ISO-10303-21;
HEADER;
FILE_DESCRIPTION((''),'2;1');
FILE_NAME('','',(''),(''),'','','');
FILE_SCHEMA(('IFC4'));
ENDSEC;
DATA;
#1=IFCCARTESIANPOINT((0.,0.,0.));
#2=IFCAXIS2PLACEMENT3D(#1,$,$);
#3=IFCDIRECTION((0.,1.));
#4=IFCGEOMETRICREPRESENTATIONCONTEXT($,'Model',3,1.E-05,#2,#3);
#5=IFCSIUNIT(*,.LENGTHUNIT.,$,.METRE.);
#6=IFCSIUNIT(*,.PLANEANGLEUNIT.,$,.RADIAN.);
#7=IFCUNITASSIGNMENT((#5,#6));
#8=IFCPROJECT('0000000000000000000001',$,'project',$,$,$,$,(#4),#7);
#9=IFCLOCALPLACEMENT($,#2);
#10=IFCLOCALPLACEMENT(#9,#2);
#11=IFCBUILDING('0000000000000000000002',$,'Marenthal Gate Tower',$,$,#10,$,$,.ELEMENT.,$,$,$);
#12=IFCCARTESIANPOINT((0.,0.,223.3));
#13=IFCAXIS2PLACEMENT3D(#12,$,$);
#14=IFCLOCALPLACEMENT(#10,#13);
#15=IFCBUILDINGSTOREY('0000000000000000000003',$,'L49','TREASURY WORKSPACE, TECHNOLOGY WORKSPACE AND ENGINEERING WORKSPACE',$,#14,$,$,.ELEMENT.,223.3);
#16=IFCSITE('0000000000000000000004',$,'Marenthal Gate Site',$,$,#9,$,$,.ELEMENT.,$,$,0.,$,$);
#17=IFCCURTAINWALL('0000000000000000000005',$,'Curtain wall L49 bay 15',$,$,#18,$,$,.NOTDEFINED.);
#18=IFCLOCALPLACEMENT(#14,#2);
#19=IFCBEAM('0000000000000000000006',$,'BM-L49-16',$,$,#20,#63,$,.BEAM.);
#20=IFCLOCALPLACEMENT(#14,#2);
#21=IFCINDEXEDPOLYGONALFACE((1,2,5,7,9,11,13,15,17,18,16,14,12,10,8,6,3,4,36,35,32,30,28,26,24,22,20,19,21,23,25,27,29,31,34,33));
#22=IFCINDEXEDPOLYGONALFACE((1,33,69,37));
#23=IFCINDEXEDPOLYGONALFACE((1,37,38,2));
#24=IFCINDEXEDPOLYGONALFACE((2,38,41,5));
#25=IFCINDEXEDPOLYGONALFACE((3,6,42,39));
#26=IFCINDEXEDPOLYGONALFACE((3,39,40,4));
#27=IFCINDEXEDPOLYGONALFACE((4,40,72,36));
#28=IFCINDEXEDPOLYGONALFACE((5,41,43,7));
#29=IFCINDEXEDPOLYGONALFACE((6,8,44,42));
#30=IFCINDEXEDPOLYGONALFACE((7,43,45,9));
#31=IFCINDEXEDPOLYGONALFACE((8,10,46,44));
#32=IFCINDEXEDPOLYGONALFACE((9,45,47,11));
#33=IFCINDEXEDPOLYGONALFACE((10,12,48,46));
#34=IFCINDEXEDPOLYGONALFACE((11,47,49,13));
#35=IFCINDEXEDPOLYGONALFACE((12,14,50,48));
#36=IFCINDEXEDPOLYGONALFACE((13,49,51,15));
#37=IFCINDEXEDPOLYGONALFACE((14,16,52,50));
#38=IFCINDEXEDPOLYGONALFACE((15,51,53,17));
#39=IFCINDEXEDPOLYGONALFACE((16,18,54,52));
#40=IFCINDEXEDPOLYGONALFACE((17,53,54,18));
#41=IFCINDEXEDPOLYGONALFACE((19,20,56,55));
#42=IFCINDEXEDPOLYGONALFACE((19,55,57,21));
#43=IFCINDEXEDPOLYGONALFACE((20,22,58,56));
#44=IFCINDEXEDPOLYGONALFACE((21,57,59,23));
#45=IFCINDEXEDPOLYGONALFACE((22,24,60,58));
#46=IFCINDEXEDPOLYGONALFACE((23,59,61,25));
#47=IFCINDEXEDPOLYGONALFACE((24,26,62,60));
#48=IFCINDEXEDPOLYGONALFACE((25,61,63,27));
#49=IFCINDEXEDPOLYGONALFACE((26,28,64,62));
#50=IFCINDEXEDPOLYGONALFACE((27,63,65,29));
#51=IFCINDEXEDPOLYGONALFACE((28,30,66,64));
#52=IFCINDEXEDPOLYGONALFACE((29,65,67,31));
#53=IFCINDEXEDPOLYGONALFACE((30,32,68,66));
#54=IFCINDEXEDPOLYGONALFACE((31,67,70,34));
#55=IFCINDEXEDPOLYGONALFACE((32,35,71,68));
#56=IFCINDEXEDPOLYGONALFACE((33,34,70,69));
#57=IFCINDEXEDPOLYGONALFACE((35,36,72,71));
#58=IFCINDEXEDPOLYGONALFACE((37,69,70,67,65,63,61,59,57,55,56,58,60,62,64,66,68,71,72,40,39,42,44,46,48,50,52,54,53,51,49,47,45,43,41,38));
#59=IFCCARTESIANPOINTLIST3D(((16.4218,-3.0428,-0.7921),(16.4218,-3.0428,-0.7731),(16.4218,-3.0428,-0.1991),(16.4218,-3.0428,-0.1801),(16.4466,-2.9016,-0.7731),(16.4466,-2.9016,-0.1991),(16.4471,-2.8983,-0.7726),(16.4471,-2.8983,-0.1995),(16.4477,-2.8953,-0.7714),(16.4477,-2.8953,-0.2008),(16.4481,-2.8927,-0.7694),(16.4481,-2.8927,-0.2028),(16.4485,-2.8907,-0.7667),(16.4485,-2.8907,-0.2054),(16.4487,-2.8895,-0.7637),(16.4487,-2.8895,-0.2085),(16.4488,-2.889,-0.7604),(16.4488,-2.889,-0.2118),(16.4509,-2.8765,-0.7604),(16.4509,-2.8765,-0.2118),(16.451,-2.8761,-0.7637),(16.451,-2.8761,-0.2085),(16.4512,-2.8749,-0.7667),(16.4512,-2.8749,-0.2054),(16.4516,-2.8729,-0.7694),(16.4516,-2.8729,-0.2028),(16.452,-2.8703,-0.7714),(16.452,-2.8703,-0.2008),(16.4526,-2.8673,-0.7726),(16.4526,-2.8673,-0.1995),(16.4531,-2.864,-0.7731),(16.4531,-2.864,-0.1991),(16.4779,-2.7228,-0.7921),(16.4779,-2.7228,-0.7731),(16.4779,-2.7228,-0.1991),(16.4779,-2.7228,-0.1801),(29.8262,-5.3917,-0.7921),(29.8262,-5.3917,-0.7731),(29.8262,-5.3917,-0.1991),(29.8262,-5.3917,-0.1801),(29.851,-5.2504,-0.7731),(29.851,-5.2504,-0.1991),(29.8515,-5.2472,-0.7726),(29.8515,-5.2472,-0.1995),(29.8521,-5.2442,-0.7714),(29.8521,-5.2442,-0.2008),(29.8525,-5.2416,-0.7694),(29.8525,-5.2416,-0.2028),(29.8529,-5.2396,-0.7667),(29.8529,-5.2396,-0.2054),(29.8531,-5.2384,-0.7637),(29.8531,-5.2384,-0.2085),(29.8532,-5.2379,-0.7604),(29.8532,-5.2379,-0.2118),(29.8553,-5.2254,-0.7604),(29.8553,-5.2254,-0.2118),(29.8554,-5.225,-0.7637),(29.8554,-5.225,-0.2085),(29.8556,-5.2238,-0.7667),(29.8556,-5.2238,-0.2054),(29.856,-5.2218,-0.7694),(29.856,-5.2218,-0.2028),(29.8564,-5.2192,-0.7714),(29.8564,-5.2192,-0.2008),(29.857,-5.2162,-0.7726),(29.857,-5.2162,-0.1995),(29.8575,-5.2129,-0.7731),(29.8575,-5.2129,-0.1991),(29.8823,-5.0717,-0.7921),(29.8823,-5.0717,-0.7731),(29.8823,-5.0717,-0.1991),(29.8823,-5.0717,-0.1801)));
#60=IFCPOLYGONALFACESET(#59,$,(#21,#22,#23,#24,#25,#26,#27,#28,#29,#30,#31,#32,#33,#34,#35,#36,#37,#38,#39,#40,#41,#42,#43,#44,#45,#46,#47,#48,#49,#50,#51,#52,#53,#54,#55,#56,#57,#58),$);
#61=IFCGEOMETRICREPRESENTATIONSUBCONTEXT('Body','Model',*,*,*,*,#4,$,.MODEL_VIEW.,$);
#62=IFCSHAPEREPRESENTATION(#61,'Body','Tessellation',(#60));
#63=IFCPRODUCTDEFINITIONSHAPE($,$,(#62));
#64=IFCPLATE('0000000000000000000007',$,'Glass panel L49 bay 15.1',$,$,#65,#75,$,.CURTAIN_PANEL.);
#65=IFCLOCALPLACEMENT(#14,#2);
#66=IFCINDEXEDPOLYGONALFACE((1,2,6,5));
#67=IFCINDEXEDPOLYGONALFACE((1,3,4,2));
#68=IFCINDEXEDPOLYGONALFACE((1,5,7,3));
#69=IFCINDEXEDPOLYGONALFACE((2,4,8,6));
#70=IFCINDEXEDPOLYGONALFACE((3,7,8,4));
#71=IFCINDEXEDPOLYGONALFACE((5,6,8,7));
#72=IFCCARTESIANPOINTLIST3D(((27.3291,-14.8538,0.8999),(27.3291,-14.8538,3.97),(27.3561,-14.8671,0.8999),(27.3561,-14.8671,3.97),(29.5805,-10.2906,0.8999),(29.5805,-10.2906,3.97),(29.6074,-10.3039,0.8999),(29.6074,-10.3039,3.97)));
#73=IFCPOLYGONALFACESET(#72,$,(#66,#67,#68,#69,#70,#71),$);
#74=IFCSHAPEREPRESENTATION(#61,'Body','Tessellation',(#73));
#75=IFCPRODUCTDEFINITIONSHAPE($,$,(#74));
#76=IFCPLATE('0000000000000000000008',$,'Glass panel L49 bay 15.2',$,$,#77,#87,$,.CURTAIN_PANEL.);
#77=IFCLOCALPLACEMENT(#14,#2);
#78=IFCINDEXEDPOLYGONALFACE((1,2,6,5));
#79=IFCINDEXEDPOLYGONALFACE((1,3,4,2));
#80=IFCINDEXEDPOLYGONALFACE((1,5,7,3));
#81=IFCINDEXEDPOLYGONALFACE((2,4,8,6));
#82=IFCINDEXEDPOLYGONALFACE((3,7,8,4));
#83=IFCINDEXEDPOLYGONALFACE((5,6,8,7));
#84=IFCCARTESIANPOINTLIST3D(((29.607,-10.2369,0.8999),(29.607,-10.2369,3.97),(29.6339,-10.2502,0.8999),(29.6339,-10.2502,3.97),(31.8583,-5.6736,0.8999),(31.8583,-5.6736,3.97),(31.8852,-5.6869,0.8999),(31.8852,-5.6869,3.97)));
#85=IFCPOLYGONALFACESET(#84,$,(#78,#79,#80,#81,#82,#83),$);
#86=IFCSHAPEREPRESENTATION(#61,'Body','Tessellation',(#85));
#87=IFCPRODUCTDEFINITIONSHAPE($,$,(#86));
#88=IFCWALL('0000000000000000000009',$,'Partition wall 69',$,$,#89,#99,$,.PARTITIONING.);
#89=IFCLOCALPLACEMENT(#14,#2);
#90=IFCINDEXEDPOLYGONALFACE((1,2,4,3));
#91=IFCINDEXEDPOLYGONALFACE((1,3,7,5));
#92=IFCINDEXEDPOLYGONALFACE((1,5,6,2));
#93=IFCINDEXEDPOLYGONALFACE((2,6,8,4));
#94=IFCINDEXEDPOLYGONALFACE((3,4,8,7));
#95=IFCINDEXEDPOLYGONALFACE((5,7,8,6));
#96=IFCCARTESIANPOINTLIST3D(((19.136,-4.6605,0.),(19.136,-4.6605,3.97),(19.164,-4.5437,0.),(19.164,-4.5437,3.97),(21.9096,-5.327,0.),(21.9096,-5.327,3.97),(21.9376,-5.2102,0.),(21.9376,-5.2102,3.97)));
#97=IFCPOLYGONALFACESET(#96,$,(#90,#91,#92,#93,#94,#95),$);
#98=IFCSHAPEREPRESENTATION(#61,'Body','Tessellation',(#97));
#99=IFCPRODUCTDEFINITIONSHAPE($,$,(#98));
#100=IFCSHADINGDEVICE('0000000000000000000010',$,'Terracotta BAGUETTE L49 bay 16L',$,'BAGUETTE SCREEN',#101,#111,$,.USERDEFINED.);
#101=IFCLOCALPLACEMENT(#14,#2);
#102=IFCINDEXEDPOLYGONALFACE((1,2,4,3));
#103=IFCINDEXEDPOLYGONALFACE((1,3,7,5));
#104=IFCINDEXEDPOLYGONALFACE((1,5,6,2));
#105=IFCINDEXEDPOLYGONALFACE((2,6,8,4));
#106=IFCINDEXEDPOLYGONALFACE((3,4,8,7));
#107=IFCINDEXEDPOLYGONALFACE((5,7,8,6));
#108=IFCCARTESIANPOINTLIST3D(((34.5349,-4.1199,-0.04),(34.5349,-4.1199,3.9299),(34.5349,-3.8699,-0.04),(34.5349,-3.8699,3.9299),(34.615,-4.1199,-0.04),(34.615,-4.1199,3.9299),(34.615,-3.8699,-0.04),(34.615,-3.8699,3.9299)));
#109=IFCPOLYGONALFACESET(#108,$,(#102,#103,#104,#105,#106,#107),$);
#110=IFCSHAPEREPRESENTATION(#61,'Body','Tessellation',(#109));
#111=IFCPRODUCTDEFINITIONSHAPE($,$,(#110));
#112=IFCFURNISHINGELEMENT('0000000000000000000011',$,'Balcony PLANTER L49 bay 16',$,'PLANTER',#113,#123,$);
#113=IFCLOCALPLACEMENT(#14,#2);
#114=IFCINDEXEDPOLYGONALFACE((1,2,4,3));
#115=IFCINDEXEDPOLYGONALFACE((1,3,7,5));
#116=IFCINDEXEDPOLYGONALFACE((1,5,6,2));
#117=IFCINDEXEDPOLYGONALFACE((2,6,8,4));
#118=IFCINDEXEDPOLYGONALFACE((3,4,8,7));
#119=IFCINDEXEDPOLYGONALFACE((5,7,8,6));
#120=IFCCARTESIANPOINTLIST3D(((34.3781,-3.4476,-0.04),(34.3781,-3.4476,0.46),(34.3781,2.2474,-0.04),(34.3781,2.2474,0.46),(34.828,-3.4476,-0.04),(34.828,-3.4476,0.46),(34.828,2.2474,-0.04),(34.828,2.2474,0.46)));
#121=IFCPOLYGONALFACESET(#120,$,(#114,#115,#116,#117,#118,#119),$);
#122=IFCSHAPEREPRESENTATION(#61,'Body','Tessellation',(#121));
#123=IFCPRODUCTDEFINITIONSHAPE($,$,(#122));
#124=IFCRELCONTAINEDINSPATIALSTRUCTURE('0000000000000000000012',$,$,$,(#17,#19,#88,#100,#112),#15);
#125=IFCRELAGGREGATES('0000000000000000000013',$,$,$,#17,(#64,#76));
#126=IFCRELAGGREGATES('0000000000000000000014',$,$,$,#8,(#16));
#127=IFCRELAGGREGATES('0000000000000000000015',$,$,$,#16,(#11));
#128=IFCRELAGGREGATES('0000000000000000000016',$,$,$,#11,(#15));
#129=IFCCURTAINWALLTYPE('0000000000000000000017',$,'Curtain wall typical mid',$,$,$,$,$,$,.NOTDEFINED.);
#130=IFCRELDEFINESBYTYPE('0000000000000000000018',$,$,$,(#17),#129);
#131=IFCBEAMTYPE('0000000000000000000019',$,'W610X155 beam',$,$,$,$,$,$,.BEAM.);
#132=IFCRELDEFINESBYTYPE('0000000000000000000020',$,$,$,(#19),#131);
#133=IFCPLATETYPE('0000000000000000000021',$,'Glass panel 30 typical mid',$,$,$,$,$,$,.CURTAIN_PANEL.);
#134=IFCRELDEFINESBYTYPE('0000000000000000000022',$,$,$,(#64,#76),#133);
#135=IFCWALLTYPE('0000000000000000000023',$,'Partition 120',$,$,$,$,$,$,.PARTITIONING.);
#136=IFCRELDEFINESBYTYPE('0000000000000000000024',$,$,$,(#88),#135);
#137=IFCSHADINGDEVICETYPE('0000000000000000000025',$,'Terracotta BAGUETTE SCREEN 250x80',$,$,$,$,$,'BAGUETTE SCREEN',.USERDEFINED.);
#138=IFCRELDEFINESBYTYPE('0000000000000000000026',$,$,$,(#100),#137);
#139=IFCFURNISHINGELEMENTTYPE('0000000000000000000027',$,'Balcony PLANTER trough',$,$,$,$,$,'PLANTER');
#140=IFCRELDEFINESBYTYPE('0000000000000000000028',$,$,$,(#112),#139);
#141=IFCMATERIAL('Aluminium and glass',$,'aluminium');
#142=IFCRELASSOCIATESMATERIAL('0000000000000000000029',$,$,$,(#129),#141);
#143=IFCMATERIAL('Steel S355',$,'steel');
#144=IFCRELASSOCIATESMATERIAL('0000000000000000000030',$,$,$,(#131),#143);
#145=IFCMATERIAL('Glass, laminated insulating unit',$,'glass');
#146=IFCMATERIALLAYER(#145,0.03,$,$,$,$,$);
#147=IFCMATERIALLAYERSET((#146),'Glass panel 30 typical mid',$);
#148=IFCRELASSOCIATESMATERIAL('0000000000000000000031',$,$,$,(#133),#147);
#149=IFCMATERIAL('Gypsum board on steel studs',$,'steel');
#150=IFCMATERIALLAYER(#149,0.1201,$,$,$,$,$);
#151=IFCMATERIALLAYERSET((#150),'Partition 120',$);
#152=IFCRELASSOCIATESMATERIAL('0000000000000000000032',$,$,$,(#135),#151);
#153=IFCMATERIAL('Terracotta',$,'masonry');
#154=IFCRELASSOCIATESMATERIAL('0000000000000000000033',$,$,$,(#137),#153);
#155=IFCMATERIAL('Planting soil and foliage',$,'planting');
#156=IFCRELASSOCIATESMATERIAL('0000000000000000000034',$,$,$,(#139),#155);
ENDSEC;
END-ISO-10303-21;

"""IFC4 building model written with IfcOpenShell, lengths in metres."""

from ifc_helpers import new_model, si_unit, direction, frame, frame_2d, origin, origin_2d, place, context, subcontext, project, spatial, rectangle, i_section, extrude, material, layer, layer_set, material_profile, profile_set, type_object, element, aggregate, save


model = new_model("IFC4")

# Units and contexts
model_context = context("Model", 3, precision=1e-05, world=origin(), true_north=direction((0.0, 1.0)))
body_context = subcontext(model_context, "Body", "Model", "MODEL_VIEW")
ifc_project = project(units=[si_unit("LENGTHUNIT", "METRE"), si_unit("PLANEANGLEUNIT", "RADIAN")], contexts=[model_context])

# Site, building, storey
site_placement = place(None, origin())
site = spatial("IfcSite", under=ifc_project, at=site_placement, Name="Marenthal Gate Site", CompositionType="ELEMENT", RefElevation=0.0)
building_placement = place(site_placement, origin())
building = spatial("IfcBuilding", under=site, at=building_placement, Name="Marenthal Gate Tower", CompositionType="ELEMENT")
storey_placement = place(building_placement, frame((0.0, 0.0, 223.3)))
storey = spatial("IfcBuildingStorey", under=building, at=storey_placement, Name="L49", Description="TREASURY WORKSPACE, TECHNOLOGY WORKSPACE AND ENGINEERING WORKSPACE", CompositionType="ELEMENT", Elevation=223.3)

# Curtain wall
ifc_material_1 = material(Name="Aluminium and glass", Category="aluminium")
curtain_wall_type = type_object("IfcCurtainWallType", Name="Curtain wall typical mid", PredefinedType="NOTDEFINED", material=ifc_material_1)
curtain_wall_placement = place(storey_placement, origin())
curtain_wall = element("IfcCurtainWall", 1, at=curtain_wall_placement, inside=storey, type_object=curtain_wall_type, Name="Curtain wall L49 bay 15", PredefinedType="NOTDEFINED")

# Beam
ifc_material_2 = material(Name="Steel S355", Category="steel")
ifc_material_profile_1 = material_profile(ifc_material_2, i_section(OverallWidth=0.325, OverallDepth=0.6121, WebThickness=0.0127, FlangeThickness=0.019, FilletRadius=0.0127, at=origin_2d()), Name="W610X155")
ifc_profile_set_1 = profile_set([ifc_material_profile_1], Name="Steel S355")
beam_type_1 = type_object("IfcBeamType", Name="W610X155 beam", PredefinedType="BEAM", material=ifc_profile_set_1)
beam_1_placement = place(storey_placement, frame((29.8542, -5.2317, -0.4861), z_axis=(-0.984991, 0.172603, 0.0), x_axis=(-0.172603, -0.984991, 0.0)))
element("IfcBeam", 2, at=beam_1_placement, inside=storey, type_object=beam_type_1, Name="BM-L49-16", PredefinedType="BEAM", context=body_context, shape_type="SweptSolid", body=[
    extrude(i_section(OverallWidth=0.325, OverallDepth=0.6121, WebThickness=0.0127, FlangeThickness=0.019, FilletRadius=0.0127, at=origin_2d()), origin(), (0.0, 0.0, 1.0), 13.6086),
])

# Plates
ifc_material_3 = material(Name="Glass, laminated insulating unit", Category="glass")
ifc_layer_1 = layer(ifc_material_3, 0.03)
ifc_layer_set_1 = layer_set([ifc_layer_1], Name="Glass panel 30 typical mid")
plate_type = type_object("IfcPlateType", Name="Glass panel 30 typical mid", PredefinedType="CURTAIN_PANEL", material=ifc_layer_set_1)
plate_1_placement = place(storey_placement, frame((28.4683, -12.5789, 0.8999), z_axis=(0.0, 0.0, 1.0), x_axis=(0.442441, 0.896798, 0.0)))
plate_1 = element("IfcPlate", 3, at=plate_1_placement, type_object=plate_type, Name="Glass panel L49 bay 15.1", PredefinedType="CURTAIN_PANEL", context=body_context, shape_type="SweptSolid", body=[
    extrude(rectangle(XDim=5.0884, YDim=0.03, at=origin_2d()), origin(), (0.0, 0.0, 1.0), 3.0701),
])
plate_2_placement = place(storey_placement, frame((30.7461, -7.9619, 0.8999), z_axis=(0.0, 0.0, 1.0), x_axis=(0.442441, 0.896798, 0.0)))
plate_2 = element("IfcPlate", 4, at=plate_2_placement, type_object=plate_type, Name="Glass panel L49 bay 15.2", PredefinedType="CURTAIN_PANEL", context=body_context, shape_type="SweptSolid", body=[
    extrude(rectangle(XDim=5.0884, YDim=0.03, at=origin_2d()), origin(), (0.0, 0.0, 1.0), 3.0701),
])
aggregate(curtain_wall, [plate_1, plate_2])

# Wall
ifc_material_4 = material(Name="Gypsum board on steel studs", Category="steel")
ifc_layer_2 = layer(ifc_material_4, 0.1201)
ifc_layer_set_2 = layer_set([ifc_layer_2], Name="Partition 120")
wall_type_1 = type_object("IfcWallType", Name="Partition 120", PredefinedType="PARTITIONING", material=ifc_layer_set_2)
wall_1_placement = place(storey_placement, frame((21.9236, -5.2686, 0.0), z_axis=(0.0, 0.0, 1.0), x_axis=(-0.972322, 0.233645, 0.0)))
element("IfcWall", 5, at=wall_1_placement, inside=storey, type_object=wall_type_1, Name="Partition wall 69", PredefinedType="PARTITIONING", context=body_context, shape_type="SweptSolid", body=[
    extrude(rectangle(XDim=2.8525, YDim=0.1201, at=frame_2d((1.4263, 0.0))), origin(), (0.0, 0.0, 1.0), 3.97),
])

# Shading device
ifc_material_5 = material(Name="Terracotta", Category="masonry")
ifc_material_profile_2 = material_profile(ifc_material_5, rectangle(XDim=0.25, YDim=0.0801, at=origin_2d()), Name="Terracotta baguette 250x80")
ifc_profile_set_2 = profile_set([ifc_material_profile_2], Name="Terracotta")
shading_device_type = type_object("IfcShadingDeviceType", Name="Terracotta BAGUETTE SCREEN 250x80", ElementType="BAGUETTE SCREEN", PredefinedType="USERDEFINED", material=ifc_profile_set_2)
shading_device_placement = place(storey_placement, frame((34.575, -3.9949, -0.04), z_axis=(0.0, 0.0, 1.0), x_axis=(0.0, 1.0, 0.0)))
element("IfcShadingDevice", 6, at=shading_device_placement, inside=storey, type_object=shading_device_type, Name="Terracotta BAGUETTE L49 bay 16L", ObjectType="BAGUETTE SCREEN", PredefinedType="USERDEFINED", context=body_context, shape_type="SweptSolid", body=[
    extrude(rectangle(XDim=0.25, YDim=0.0801, at=origin_2d()), origin(), (0.0, 0.0, 1.0), 3.97),
])

# Furnishing element
ifc_material_6 = material(Name="Planting soil and foliage", Category="planting")
furnishing_element_type = type_object("IfcFurnishingElementType", Name="Balcony PLANTER trough", ElementType="PLANTER", material=ifc_material_6)
furnishing_placement = place(storey_placement, frame((34.603, -0.6001, -0.04), z_axis=(0.0, 0.0, 1.0), x_axis=(0.0, 1.0, 0.0)))
element("IfcFurnishingElement", 7, at=furnishing_placement, inside=storey, type_object=furnishing_element_type, Name="Balcony PLANTER L49 bay 16", ObjectType="PLANTER", context=body_context, shape_type="SweptSolid", body=[
    extrude(rectangle(XDim=5.6951, YDim=0.45, at=origin_2d()), origin(), (0.0, 0.0, 1.0), 0.5),
])

save(model, "model.ifc")
